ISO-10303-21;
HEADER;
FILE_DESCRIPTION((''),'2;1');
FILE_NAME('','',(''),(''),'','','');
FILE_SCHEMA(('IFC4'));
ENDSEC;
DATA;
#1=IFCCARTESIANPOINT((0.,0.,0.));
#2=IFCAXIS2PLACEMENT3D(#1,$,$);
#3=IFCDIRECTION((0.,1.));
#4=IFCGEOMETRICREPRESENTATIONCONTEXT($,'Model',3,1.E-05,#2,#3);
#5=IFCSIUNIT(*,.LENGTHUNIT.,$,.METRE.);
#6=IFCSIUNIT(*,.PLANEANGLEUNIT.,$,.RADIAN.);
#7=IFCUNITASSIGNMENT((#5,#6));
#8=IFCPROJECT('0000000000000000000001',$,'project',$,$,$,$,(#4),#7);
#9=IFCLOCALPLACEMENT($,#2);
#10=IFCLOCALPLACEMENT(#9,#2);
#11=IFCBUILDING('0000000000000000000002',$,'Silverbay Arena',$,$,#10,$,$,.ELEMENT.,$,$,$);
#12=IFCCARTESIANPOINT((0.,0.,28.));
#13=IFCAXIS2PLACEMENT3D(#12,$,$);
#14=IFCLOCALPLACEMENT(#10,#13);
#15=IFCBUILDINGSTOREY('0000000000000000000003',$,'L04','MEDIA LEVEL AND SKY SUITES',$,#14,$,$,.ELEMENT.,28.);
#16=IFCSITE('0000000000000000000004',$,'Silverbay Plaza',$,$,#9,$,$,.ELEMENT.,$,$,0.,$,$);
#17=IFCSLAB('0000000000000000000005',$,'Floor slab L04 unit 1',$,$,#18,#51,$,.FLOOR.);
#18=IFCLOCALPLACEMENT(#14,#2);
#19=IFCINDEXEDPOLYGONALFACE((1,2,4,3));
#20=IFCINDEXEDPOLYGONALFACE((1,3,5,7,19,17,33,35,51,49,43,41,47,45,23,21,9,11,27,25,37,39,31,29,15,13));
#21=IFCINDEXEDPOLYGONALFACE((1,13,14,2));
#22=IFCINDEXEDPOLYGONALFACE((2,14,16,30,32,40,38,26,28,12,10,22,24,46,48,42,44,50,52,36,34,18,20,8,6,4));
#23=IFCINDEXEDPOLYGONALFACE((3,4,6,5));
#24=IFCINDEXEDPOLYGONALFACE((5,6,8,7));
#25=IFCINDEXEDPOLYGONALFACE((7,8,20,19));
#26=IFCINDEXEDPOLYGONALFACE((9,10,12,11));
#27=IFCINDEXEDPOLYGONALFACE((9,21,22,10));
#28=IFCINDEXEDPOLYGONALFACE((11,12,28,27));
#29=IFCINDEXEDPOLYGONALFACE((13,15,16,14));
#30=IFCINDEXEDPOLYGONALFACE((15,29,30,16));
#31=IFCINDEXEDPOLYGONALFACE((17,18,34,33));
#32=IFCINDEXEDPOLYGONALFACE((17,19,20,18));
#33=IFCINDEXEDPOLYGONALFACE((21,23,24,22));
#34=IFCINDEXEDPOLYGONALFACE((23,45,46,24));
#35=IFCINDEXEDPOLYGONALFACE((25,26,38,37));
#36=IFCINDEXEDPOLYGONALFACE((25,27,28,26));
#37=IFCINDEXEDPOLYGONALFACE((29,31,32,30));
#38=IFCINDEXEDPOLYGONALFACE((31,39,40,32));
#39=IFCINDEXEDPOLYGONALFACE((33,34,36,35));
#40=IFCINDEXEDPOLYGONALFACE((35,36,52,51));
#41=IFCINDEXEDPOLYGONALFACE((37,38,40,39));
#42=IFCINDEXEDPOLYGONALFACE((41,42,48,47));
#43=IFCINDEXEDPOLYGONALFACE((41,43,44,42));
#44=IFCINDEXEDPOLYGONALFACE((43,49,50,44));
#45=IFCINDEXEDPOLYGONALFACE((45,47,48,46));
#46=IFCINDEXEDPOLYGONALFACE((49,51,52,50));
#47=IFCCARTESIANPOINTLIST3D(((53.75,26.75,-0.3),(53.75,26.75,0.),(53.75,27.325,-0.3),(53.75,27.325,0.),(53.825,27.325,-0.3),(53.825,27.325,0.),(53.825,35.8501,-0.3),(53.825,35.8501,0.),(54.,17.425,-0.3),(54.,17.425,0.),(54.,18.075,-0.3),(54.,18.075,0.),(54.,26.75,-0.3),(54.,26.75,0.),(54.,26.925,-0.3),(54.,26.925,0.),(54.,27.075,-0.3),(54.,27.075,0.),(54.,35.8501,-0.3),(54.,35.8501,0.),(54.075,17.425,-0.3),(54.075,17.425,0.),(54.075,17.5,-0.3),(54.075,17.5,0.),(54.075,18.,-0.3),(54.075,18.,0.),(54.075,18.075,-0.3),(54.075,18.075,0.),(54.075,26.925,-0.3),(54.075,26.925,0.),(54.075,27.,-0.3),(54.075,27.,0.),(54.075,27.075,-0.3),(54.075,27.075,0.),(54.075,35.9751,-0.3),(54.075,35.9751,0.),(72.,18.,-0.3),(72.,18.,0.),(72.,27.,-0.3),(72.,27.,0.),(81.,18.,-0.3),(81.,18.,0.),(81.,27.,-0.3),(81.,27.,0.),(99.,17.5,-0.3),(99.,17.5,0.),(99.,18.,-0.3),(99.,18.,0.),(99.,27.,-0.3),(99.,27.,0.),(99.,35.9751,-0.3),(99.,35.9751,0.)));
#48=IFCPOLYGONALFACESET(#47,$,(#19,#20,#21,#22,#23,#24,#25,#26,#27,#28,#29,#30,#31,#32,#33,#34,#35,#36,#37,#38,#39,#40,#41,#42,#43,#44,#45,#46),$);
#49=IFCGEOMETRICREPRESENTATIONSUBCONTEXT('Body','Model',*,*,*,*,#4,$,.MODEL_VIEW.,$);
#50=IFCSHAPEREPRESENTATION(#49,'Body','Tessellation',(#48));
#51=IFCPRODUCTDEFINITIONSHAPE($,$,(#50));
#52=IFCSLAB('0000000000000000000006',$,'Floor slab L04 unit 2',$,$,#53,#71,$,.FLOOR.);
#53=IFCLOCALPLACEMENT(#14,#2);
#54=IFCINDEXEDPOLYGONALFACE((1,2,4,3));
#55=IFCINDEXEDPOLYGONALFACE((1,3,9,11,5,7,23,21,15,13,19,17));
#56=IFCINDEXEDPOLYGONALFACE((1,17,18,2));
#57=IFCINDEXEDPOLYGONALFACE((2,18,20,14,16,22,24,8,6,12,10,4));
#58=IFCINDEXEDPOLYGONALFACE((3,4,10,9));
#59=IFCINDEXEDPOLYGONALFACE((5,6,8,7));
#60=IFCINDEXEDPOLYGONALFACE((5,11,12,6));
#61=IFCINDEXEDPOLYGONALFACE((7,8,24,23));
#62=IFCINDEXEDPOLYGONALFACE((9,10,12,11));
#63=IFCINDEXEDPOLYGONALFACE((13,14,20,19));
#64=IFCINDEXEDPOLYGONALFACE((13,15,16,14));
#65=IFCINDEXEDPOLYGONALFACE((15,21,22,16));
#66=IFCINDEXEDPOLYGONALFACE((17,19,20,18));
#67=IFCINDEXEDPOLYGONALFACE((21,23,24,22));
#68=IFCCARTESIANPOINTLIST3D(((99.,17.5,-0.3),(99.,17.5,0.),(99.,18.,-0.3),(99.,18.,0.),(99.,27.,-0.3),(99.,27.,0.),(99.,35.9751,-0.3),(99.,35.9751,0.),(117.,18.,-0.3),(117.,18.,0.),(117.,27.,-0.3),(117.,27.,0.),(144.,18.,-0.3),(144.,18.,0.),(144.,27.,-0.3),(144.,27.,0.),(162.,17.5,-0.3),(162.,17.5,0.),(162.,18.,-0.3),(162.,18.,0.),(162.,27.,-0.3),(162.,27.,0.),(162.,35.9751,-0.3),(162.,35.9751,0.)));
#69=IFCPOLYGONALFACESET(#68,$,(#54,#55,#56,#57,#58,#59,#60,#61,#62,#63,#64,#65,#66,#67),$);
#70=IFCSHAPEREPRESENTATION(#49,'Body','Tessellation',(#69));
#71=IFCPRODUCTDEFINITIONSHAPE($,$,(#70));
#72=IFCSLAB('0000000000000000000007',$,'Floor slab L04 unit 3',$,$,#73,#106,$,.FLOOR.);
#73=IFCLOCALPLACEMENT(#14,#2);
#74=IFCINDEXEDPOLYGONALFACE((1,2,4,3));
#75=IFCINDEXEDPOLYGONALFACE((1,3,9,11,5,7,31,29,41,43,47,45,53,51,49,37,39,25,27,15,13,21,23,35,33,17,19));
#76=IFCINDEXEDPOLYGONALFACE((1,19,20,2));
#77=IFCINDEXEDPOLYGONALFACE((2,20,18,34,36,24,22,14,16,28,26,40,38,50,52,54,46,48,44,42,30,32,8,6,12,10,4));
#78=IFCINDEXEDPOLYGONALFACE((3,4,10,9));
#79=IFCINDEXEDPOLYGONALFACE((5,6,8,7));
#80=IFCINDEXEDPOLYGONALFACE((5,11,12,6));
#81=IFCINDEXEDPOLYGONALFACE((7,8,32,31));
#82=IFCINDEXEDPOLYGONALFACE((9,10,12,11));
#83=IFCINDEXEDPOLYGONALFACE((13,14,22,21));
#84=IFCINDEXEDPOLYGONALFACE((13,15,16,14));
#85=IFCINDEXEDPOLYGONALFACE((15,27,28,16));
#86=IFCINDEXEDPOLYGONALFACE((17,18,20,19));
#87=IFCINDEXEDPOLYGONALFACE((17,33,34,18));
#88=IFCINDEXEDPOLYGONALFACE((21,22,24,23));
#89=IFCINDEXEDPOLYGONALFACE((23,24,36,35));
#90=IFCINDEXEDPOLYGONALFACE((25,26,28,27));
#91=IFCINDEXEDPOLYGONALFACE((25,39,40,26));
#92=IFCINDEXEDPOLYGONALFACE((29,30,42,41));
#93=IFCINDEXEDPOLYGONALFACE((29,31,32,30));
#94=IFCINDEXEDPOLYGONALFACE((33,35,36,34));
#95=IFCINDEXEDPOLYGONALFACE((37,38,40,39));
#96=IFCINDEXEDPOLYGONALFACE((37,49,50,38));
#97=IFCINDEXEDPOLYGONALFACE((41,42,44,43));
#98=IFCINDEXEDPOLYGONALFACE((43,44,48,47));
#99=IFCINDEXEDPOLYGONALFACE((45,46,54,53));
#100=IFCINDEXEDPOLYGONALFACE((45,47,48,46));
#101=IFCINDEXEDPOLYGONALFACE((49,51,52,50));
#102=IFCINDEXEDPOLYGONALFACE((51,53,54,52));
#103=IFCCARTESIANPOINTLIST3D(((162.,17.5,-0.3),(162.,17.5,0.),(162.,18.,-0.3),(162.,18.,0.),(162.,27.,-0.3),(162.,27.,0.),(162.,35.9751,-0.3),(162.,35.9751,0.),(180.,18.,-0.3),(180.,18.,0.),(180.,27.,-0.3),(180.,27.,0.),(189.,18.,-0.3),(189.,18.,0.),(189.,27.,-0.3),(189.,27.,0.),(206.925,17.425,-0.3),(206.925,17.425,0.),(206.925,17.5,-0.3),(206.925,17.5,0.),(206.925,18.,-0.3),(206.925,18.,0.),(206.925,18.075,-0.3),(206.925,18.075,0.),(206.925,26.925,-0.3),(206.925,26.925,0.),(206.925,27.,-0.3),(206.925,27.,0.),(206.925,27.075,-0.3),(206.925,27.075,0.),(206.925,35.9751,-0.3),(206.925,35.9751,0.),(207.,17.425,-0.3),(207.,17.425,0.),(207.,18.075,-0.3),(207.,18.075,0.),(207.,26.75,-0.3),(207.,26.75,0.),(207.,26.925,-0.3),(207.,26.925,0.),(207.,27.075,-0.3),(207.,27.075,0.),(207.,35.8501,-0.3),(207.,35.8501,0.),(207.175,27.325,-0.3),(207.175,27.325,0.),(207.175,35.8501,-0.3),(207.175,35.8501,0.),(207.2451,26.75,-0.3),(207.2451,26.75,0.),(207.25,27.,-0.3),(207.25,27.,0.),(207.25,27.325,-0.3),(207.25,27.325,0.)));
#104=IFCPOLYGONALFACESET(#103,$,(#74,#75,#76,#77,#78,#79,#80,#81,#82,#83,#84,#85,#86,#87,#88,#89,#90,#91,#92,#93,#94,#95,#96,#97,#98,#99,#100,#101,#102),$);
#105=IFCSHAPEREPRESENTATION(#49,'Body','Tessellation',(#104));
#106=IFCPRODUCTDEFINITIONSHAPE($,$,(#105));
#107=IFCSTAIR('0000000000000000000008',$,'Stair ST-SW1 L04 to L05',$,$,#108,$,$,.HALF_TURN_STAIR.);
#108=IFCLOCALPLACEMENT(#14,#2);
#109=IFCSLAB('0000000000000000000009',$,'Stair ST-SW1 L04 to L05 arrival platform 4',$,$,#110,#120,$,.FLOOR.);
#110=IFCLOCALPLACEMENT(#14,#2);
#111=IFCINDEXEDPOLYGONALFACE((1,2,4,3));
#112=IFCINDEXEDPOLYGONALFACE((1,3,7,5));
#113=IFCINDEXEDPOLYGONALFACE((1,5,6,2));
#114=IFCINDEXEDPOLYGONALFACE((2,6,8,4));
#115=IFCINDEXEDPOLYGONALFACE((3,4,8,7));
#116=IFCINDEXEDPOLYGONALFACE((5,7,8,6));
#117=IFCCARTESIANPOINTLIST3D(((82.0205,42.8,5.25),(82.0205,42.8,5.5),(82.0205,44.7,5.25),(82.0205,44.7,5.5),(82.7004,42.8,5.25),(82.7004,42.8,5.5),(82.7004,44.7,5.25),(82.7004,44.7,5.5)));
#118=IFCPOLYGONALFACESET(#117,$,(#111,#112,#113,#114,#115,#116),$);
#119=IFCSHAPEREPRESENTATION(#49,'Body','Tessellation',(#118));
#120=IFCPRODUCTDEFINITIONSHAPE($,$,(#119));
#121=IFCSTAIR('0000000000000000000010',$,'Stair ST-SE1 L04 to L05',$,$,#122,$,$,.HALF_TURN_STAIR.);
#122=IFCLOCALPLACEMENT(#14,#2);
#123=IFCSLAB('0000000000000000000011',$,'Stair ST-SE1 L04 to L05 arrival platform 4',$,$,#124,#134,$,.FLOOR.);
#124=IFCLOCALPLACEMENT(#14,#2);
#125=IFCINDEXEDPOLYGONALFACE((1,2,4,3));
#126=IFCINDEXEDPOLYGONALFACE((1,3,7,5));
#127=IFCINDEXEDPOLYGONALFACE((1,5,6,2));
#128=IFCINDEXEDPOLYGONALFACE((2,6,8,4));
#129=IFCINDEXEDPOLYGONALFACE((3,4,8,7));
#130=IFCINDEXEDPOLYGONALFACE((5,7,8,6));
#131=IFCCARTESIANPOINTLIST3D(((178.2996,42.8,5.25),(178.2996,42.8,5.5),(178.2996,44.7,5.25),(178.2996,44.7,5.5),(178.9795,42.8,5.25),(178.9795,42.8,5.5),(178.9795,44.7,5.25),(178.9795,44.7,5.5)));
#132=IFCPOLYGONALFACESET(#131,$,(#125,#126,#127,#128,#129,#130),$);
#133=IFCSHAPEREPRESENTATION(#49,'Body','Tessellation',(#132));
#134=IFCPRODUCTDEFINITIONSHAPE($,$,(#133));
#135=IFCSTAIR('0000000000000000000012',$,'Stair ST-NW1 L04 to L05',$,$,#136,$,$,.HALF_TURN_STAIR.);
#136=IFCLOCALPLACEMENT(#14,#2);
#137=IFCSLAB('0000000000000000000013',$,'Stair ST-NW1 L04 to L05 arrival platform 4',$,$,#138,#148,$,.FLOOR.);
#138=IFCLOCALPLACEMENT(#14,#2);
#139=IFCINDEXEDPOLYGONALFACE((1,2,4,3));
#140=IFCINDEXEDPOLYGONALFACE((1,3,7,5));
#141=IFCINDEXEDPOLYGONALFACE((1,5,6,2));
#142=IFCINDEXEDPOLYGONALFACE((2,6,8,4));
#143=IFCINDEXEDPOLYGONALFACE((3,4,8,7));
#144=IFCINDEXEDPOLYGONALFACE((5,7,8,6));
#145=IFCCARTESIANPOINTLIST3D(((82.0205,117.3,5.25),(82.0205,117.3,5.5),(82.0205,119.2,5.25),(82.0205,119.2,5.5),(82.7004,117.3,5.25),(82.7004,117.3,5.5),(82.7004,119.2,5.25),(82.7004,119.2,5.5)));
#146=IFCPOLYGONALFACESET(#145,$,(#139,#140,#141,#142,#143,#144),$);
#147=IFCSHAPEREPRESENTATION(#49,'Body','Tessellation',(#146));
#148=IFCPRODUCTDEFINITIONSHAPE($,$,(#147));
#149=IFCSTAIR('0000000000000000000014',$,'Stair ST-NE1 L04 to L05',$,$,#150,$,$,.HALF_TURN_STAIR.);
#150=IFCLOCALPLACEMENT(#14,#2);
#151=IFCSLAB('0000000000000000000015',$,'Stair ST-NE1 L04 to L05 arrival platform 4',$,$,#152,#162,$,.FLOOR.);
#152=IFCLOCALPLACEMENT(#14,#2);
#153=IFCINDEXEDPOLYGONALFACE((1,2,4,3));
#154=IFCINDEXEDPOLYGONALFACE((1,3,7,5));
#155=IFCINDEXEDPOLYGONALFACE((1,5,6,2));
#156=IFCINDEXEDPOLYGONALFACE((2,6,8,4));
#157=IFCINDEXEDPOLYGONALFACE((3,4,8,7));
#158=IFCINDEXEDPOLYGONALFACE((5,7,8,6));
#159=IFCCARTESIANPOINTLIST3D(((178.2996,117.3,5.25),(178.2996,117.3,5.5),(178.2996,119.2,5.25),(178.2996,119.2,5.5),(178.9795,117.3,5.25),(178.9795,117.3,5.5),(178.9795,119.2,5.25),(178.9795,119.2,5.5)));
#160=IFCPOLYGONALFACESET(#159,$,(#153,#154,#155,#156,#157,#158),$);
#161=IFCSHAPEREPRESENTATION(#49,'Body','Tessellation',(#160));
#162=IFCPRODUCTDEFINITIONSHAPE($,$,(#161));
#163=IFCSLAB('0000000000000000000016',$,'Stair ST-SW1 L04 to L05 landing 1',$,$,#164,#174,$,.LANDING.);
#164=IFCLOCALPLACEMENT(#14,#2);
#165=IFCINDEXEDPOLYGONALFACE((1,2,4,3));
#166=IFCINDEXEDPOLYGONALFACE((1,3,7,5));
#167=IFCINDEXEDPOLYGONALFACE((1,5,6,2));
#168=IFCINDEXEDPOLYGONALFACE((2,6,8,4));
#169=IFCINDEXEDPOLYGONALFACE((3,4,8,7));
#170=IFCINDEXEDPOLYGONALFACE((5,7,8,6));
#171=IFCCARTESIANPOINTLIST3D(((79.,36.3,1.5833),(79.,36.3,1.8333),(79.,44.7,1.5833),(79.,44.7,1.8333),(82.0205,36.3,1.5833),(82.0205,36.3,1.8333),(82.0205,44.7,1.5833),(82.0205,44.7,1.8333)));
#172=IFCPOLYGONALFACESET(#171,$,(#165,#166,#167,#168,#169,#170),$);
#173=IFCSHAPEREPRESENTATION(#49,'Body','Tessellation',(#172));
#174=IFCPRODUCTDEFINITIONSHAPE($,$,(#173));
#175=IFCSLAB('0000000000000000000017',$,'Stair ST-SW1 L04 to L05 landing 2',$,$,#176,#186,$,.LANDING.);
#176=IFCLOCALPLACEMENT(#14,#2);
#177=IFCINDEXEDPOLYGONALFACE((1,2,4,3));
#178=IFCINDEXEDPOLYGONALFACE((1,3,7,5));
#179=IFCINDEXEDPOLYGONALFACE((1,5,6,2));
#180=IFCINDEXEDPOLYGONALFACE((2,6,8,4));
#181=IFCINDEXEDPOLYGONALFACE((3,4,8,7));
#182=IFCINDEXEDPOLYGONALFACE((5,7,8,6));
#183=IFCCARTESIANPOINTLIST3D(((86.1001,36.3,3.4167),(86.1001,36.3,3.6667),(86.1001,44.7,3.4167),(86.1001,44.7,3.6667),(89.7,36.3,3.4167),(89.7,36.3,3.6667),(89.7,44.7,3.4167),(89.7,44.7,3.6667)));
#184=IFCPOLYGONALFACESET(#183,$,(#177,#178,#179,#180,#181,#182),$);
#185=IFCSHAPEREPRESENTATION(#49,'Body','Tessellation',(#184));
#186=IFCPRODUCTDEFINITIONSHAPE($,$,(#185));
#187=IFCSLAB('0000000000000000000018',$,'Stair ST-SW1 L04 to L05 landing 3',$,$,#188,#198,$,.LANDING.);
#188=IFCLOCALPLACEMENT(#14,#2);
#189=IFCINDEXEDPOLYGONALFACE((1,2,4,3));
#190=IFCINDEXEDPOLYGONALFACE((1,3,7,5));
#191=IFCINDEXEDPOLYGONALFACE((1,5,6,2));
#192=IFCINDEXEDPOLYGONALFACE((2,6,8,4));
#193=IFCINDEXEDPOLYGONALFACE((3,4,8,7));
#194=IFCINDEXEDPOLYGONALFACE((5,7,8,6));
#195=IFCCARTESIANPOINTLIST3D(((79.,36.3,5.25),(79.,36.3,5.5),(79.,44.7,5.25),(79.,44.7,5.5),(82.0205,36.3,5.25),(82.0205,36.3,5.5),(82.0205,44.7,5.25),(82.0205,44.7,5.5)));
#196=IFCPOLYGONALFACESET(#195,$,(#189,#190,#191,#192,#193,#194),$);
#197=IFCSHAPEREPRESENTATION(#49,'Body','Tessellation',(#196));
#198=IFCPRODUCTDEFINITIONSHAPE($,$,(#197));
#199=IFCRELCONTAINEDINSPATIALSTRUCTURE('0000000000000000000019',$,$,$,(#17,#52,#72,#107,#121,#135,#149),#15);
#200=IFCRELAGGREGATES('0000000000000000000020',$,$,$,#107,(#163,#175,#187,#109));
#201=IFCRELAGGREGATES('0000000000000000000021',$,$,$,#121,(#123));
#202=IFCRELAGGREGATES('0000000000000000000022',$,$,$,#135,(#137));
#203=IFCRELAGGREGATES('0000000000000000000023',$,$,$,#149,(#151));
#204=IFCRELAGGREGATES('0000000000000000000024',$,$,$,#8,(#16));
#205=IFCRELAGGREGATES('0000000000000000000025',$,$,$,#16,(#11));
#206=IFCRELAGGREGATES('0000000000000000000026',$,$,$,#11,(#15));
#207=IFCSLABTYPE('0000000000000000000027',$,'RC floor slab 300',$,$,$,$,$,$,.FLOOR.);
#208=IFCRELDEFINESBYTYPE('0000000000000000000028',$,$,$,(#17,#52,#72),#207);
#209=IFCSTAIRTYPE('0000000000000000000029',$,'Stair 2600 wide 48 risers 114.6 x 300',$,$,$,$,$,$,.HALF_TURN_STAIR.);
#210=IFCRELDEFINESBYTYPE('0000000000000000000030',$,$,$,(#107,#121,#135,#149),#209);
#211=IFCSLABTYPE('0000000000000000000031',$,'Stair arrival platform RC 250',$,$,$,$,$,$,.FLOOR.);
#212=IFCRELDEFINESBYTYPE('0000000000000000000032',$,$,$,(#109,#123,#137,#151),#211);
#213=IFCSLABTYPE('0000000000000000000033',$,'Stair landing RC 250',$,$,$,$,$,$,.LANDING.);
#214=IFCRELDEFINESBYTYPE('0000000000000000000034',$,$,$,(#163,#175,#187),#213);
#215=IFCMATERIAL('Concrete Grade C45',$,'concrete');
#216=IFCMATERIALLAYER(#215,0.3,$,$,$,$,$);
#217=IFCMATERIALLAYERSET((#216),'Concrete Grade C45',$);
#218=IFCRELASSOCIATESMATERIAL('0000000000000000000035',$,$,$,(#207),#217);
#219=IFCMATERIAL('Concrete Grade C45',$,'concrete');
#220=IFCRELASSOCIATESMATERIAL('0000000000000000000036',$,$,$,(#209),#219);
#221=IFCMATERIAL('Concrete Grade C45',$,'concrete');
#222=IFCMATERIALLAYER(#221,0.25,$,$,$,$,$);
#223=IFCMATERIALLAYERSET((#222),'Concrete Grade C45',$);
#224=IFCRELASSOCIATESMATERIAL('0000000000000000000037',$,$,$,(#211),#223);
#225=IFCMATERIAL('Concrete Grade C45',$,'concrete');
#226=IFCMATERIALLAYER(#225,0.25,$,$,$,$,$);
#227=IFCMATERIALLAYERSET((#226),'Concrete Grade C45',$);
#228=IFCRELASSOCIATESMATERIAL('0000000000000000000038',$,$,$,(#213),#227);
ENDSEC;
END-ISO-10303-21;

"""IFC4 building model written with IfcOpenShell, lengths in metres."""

from ifc_helpers import new_model, si_unit, direction, frame, origin, place, context, subcontext, project, spatial, polyline, outline, extrude, material, layer, layer_set, type_object, element, aggregate, save


model = new_model("IFC4")

# Units and contexts
model_context = context("Model", 3, precision=1e-05, world=origin(), true_north=direction((0.0, 1.0)))
body_context = subcontext(model_context, "Body", "Model", "MODEL_VIEW")
ifc_project = project(units=[si_unit("LENGTHUNIT", "METRE"), si_unit("PLANEANGLEUNIT", "RADIAN")], contexts=[model_context])

# Site, building, storey
site_placement = place(None, origin())
site = spatial("IfcSite", under=ifc_project, at=site_placement, Name="Silverbay Plaza", CompositionType="ELEMENT", RefElevation=0.0)
building_placement = place(site_placement, origin())
building = spatial("IfcBuilding", under=site, at=building_placement, Name="Silverbay Arena", CompositionType="ELEMENT")
storey_placement = place(building_placement, frame((0.0, 0.0, 28.0)))
storey = spatial("IfcBuildingStorey", under=building, at=storey_placement, Name="L04", Description="MEDIA LEVEL AND SKY SUITES", CompositionType="ELEMENT", Elevation=28.0)

# Slabs
ifc_material_1 = material(Name="Concrete Grade C45", Category="concrete")
ifc_layer_1 = layer(ifc_material_1, 0.3)
ifc_layer_set_1 = layer_set([ifc_layer_1], Name="Concrete Grade C45")
slab_type_1 = type_object("IfcSlabType", Name="RC floor slab 300", PredefinedType="FLOOR", material=ifc_layer_set_1)
slab_1_placement = place(storey_placement, frame((0.0, 0.0, -0.3)))
element("IfcSlab", 1, at=slab_1_placement, inside=storey, type_object=slab_type_1, Name="Floor slab L04 unit 1", PredefinedType="FLOOR", context=body_context, shape_type="SweptSolid", body=[
    extrude(outline(polyline([(54.0, 18.075), (54.075, 18.075), (54.075, 18.0), (72.0, 18.0), (72.0, 27.0), (54.075, 27.0), (54.075, 26.925), (54.0, 26.925), (54.0, 26.75), (53.75, 26.75), (53.75, 27.325), (53.825, 27.325), (53.825, 35.8501), (54.0, 35.8501), (54.0, 27.075), (54.075, 27.075), (54.075, 35.9751), (99.0, 35.9751), (99.0, 27.0), (81.0, 27.0), (81.0, 18.0), (99.0, 18.0), (99.0, 17.5), (54.075, 17.5), (54.075, 17.425), (54.0, 17.425), (54.0, 18.075)])), origin(), (0.0, 0.0, 1.0), 0.3),
])
slab_2_placement = place(storey_placement, frame((0.0, 0.0, -0.3)))
element("IfcSlab", 2, at=slab_2_placement, inside=storey, type_object=slab_type_1, Name="Floor slab L04 unit 2", PredefinedType="FLOOR", context=body_context, shape_type="SweptSolid", body=[
    extrude(outline(polyline([(117.0, 18.0), (117.0, 27.0), (99.0, 27.0), (99.0, 35.9751), (162.0, 35.9751), (162.0, 27.0), (144.0, 27.0), (144.0, 18.0), (162.0, 18.0), (162.0, 17.5), (99.0, 17.5), (99.0, 18.0), (117.0, 18.0)])), origin(), (0.0, 0.0, 1.0), 0.3),
])
slab_3_placement = place(storey_placement, frame((0.0, 0.0, -0.3)))
element("IfcSlab", 3, at=slab_3_placement, inside=storey, type_object=slab_type_1, Name="Floor slab L04 unit 3", PredefinedType="FLOOR", context=body_context, shape_type="SweptSolid", body=[
    extrude(outline(polyline([(207.0, 17.425), (206.925, 17.425), (206.925, 17.5), (162.0, 17.5), (162.0, 18.0), (180.0, 18.0), (180.0, 27.0), (162.0, 27.0), (162.0, 35.9751), (206.925, 35.9751), (206.925, 27.075), (207.0, 27.075), (207.0, 35.8501), (207.175, 35.8501), (207.175, 27.325), (207.25, 27.325), (207.25, 27.0), (207.2451, 26.75), (207.0, 26.75), (207.0, 26.925), (206.925, 26.925), (206.925, 27.0), (189.0, 27.0), (189.0, 18.0), (206.925, 18.0), (206.925, 18.075), (207.0, 18.075), (207.0, 17.425)])), origin(), (0.0, 0.0, 1.0), 0.3),
])

# Stairs, slabs
ifc_material_2 = material(Name="Concrete Grade C45", Category="concrete")
stair_type = type_object("IfcStairType", Name="Stair 2600 wide 48 risers 114.6 x 300", PredefinedType="HALF_TURN_STAIR", material=ifc_material_2)
stair_1_placement = place(storey_placement, origin())
stair_1 = element("IfcStair", 4, at=stair_1_placement, inside=storey, type_object=stair_type, Name="Stair ST-SW1 L04 to L05", PredefinedType="HALF_TURN_STAIR")
ifc_material_3 = material(Name="Concrete Grade C45", Category="concrete")
ifc_layer_2 = layer(ifc_material_3, 0.25)
ifc_layer_set_2 = layer_set([ifc_layer_2], Name="Concrete Grade C45")
slab_type_2 = type_object("IfcSlabType", Name="Stair arrival platform RC 250", PredefinedType="FLOOR", material=ifc_layer_set_2)
slab_4_placement = place(storey_placement, frame((0.0, 0.0, 5.25)))
slab_4 = element("IfcSlab", 5, at=slab_4_placement, type_object=slab_type_2, Name="Stair ST-SW1 L04 to L05 arrival platform 4", PredefinedType="FLOOR", context=body_context, shape_type="SweptSolid", body=[
    extrude(outline(polyline([(82.7004, 44.7), (82.0205, 44.7), (82.0205, 42.8), (82.7004, 42.8), (82.7004, 44.7)])), origin(), (0.0, 0.0, 1.0), 0.25),
])
stair_2_placement = place(storey_placement, origin())
stair_2 = element("IfcStair", 6, at=stair_2_placement, inside=storey, type_object=stair_type, Name="Stair ST-SE1 L04 to L05", PredefinedType="HALF_TURN_STAIR")
slab_5_placement = place(storey_placement, frame((0.0, 0.0, 5.25)))
slab_5 = element("IfcSlab", 7, at=slab_5_placement, type_object=slab_type_2, Name="Stair ST-SE1 L04 to L05 arrival platform 4", PredefinedType="FLOOR", context=body_context, shape_type="SweptSolid", body=[
    extrude(outline(polyline([(178.2996, 44.7), (178.9795, 44.7), (178.9795, 42.8), (178.2996, 42.8), (178.2996, 44.7)])), origin(), (0.0, 0.0, 1.0), 0.25),
])
stair_3_placement = place(storey_placement, origin())
stair_3 = element("IfcStair", 8, at=stair_3_placement, inside=storey, type_object=stair_type, Name="Stair ST-NW1 L04 to L05", PredefinedType="HALF_TURN_STAIR")
slab_6_placement = place(storey_placement, frame((0.0, 0.0, 5.25)))
slab_6 = element("IfcSlab", 9, at=slab_6_placement, type_object=slab_type_2, Name="Stair ST-NW1 L04 to L05 arrival platform 4", PredefinedType="FLOOR", context=body_context, shape_type="SweptSolid", body=[
    extrude(outline(polyline([(82.7004, 117.3), (82.0205, 117.3), (82.0205, 119.2), (82.7004, 119.2), (82.7004, 117.3)])), origin(), (0.0, 0.0, 1.0), 0.25),
])
stair_4_placement = place(storey_placement, origin())
stair_4 = element("IfcStair", 10, at=stair_4_placement, inside=storey, type_object=stair_type, Name="Stair ST-NE1 L04 to L05", PredefinedType="HALF_TURN_STAIR")
slab_7_placement = place(storey_placement, frame((0.0, 0.0, 5.25)))
slab_7 = element("IfcSlab", 11, at=slab_7_placement, type_object=slab_type_2, Name="Stair ST-NE1 L04 to L05 arrival platform 4", PredefinedType="FLOOR", context=body_context, shape_type="SweptSolid", body=[
    extrude(outline(polyline([(178.2996, 117.3), (178.9795, 117.3), (178.9795, 119.2), (178.2996, 119.2), (178.2996, 117.3)])), origin(), (0.0, 0.0, 1.0), 0.25),
])

# Slabs
ifc_material_4 = material(Name="Concrete Grade C45", Category="concrete")
ifc_layer_3 = layer(ifc_material_4, 0.25)
ifc_layer_set_3 = layer_set([ifc_layer_3], Name="Concrete Grade C45")
slab_type_3 = type_object("IfcSlabType", Name="Stair landing RC 250", PredefinedType="LANDING", material=ifc_layer_set_3)
slab_8_placement = place(storey_placement, frame((0.0, 0.0, 1.5833)))
slab_8 = element("IfcSlab", 12, at=slab_8_placement, type_object=slab_type_3, Name="Stair ST-SW1 L04 to L05 landing 1", PredefinedType="LANDING", context=body_context, shape_type="SweptSolid", body=[
    extrude(outline(polyline([(82.0205, 44.7), (79.0, 44.7), (79.0, 36.3), (82.0205, 36.3), (82.0205, 44.7)])), origin(), (0.0, 0.0, 1.0), 0.25),
])
slab_9_placement = place(storey_placement, frame((0.0, 0.0, 3.4167)))
slab_9 = element("IfcSlab", 13, at=slab_9_placement, type_object=slab_type_3, Name="Stair ST-SW1 L04 to L05 landing 2", PredefinedType="LANDING", context=body_context, shape_type="SweptSolid", body=[
    extrude(outline(polyline([(89.7, 44.7), (86.1001, 44.7), (86.1001, 36.3), (89.7, 36.3), (89.7, 44.7)])), origin(), (0.0, 0.0, 1.0), 0.25),
])
slab_10_placement = place(storey_placement, frame((0.0, 0.0, 5.25)))
slab_10 = element("IfcSlab", 14, at=slab_10_placement, type_object=slab_type_3, Name="Stair ST-SW1 L04 to L05 landing 3", PredefinedType="LANDING", context=body_context, shape_type="SweptSolid", body=[
    extrude(outline(polyline([(82.0205, 44.7), (79.0, 44.7), (79.0, 36.3), (82.0205, 36.3), (82.0205, 44.7)])), origin(), (0.0, 0.0, 1.0), 0.25),
])
aggregate(stair_1, [slab_8, slab_9, slab_10, slab_4])

aggregate(stair_2, [slab_5])

aggregate(stair_3, [slab_6])

aggregate(stair_4, [slab_7])

save(model, "model.ifc")
